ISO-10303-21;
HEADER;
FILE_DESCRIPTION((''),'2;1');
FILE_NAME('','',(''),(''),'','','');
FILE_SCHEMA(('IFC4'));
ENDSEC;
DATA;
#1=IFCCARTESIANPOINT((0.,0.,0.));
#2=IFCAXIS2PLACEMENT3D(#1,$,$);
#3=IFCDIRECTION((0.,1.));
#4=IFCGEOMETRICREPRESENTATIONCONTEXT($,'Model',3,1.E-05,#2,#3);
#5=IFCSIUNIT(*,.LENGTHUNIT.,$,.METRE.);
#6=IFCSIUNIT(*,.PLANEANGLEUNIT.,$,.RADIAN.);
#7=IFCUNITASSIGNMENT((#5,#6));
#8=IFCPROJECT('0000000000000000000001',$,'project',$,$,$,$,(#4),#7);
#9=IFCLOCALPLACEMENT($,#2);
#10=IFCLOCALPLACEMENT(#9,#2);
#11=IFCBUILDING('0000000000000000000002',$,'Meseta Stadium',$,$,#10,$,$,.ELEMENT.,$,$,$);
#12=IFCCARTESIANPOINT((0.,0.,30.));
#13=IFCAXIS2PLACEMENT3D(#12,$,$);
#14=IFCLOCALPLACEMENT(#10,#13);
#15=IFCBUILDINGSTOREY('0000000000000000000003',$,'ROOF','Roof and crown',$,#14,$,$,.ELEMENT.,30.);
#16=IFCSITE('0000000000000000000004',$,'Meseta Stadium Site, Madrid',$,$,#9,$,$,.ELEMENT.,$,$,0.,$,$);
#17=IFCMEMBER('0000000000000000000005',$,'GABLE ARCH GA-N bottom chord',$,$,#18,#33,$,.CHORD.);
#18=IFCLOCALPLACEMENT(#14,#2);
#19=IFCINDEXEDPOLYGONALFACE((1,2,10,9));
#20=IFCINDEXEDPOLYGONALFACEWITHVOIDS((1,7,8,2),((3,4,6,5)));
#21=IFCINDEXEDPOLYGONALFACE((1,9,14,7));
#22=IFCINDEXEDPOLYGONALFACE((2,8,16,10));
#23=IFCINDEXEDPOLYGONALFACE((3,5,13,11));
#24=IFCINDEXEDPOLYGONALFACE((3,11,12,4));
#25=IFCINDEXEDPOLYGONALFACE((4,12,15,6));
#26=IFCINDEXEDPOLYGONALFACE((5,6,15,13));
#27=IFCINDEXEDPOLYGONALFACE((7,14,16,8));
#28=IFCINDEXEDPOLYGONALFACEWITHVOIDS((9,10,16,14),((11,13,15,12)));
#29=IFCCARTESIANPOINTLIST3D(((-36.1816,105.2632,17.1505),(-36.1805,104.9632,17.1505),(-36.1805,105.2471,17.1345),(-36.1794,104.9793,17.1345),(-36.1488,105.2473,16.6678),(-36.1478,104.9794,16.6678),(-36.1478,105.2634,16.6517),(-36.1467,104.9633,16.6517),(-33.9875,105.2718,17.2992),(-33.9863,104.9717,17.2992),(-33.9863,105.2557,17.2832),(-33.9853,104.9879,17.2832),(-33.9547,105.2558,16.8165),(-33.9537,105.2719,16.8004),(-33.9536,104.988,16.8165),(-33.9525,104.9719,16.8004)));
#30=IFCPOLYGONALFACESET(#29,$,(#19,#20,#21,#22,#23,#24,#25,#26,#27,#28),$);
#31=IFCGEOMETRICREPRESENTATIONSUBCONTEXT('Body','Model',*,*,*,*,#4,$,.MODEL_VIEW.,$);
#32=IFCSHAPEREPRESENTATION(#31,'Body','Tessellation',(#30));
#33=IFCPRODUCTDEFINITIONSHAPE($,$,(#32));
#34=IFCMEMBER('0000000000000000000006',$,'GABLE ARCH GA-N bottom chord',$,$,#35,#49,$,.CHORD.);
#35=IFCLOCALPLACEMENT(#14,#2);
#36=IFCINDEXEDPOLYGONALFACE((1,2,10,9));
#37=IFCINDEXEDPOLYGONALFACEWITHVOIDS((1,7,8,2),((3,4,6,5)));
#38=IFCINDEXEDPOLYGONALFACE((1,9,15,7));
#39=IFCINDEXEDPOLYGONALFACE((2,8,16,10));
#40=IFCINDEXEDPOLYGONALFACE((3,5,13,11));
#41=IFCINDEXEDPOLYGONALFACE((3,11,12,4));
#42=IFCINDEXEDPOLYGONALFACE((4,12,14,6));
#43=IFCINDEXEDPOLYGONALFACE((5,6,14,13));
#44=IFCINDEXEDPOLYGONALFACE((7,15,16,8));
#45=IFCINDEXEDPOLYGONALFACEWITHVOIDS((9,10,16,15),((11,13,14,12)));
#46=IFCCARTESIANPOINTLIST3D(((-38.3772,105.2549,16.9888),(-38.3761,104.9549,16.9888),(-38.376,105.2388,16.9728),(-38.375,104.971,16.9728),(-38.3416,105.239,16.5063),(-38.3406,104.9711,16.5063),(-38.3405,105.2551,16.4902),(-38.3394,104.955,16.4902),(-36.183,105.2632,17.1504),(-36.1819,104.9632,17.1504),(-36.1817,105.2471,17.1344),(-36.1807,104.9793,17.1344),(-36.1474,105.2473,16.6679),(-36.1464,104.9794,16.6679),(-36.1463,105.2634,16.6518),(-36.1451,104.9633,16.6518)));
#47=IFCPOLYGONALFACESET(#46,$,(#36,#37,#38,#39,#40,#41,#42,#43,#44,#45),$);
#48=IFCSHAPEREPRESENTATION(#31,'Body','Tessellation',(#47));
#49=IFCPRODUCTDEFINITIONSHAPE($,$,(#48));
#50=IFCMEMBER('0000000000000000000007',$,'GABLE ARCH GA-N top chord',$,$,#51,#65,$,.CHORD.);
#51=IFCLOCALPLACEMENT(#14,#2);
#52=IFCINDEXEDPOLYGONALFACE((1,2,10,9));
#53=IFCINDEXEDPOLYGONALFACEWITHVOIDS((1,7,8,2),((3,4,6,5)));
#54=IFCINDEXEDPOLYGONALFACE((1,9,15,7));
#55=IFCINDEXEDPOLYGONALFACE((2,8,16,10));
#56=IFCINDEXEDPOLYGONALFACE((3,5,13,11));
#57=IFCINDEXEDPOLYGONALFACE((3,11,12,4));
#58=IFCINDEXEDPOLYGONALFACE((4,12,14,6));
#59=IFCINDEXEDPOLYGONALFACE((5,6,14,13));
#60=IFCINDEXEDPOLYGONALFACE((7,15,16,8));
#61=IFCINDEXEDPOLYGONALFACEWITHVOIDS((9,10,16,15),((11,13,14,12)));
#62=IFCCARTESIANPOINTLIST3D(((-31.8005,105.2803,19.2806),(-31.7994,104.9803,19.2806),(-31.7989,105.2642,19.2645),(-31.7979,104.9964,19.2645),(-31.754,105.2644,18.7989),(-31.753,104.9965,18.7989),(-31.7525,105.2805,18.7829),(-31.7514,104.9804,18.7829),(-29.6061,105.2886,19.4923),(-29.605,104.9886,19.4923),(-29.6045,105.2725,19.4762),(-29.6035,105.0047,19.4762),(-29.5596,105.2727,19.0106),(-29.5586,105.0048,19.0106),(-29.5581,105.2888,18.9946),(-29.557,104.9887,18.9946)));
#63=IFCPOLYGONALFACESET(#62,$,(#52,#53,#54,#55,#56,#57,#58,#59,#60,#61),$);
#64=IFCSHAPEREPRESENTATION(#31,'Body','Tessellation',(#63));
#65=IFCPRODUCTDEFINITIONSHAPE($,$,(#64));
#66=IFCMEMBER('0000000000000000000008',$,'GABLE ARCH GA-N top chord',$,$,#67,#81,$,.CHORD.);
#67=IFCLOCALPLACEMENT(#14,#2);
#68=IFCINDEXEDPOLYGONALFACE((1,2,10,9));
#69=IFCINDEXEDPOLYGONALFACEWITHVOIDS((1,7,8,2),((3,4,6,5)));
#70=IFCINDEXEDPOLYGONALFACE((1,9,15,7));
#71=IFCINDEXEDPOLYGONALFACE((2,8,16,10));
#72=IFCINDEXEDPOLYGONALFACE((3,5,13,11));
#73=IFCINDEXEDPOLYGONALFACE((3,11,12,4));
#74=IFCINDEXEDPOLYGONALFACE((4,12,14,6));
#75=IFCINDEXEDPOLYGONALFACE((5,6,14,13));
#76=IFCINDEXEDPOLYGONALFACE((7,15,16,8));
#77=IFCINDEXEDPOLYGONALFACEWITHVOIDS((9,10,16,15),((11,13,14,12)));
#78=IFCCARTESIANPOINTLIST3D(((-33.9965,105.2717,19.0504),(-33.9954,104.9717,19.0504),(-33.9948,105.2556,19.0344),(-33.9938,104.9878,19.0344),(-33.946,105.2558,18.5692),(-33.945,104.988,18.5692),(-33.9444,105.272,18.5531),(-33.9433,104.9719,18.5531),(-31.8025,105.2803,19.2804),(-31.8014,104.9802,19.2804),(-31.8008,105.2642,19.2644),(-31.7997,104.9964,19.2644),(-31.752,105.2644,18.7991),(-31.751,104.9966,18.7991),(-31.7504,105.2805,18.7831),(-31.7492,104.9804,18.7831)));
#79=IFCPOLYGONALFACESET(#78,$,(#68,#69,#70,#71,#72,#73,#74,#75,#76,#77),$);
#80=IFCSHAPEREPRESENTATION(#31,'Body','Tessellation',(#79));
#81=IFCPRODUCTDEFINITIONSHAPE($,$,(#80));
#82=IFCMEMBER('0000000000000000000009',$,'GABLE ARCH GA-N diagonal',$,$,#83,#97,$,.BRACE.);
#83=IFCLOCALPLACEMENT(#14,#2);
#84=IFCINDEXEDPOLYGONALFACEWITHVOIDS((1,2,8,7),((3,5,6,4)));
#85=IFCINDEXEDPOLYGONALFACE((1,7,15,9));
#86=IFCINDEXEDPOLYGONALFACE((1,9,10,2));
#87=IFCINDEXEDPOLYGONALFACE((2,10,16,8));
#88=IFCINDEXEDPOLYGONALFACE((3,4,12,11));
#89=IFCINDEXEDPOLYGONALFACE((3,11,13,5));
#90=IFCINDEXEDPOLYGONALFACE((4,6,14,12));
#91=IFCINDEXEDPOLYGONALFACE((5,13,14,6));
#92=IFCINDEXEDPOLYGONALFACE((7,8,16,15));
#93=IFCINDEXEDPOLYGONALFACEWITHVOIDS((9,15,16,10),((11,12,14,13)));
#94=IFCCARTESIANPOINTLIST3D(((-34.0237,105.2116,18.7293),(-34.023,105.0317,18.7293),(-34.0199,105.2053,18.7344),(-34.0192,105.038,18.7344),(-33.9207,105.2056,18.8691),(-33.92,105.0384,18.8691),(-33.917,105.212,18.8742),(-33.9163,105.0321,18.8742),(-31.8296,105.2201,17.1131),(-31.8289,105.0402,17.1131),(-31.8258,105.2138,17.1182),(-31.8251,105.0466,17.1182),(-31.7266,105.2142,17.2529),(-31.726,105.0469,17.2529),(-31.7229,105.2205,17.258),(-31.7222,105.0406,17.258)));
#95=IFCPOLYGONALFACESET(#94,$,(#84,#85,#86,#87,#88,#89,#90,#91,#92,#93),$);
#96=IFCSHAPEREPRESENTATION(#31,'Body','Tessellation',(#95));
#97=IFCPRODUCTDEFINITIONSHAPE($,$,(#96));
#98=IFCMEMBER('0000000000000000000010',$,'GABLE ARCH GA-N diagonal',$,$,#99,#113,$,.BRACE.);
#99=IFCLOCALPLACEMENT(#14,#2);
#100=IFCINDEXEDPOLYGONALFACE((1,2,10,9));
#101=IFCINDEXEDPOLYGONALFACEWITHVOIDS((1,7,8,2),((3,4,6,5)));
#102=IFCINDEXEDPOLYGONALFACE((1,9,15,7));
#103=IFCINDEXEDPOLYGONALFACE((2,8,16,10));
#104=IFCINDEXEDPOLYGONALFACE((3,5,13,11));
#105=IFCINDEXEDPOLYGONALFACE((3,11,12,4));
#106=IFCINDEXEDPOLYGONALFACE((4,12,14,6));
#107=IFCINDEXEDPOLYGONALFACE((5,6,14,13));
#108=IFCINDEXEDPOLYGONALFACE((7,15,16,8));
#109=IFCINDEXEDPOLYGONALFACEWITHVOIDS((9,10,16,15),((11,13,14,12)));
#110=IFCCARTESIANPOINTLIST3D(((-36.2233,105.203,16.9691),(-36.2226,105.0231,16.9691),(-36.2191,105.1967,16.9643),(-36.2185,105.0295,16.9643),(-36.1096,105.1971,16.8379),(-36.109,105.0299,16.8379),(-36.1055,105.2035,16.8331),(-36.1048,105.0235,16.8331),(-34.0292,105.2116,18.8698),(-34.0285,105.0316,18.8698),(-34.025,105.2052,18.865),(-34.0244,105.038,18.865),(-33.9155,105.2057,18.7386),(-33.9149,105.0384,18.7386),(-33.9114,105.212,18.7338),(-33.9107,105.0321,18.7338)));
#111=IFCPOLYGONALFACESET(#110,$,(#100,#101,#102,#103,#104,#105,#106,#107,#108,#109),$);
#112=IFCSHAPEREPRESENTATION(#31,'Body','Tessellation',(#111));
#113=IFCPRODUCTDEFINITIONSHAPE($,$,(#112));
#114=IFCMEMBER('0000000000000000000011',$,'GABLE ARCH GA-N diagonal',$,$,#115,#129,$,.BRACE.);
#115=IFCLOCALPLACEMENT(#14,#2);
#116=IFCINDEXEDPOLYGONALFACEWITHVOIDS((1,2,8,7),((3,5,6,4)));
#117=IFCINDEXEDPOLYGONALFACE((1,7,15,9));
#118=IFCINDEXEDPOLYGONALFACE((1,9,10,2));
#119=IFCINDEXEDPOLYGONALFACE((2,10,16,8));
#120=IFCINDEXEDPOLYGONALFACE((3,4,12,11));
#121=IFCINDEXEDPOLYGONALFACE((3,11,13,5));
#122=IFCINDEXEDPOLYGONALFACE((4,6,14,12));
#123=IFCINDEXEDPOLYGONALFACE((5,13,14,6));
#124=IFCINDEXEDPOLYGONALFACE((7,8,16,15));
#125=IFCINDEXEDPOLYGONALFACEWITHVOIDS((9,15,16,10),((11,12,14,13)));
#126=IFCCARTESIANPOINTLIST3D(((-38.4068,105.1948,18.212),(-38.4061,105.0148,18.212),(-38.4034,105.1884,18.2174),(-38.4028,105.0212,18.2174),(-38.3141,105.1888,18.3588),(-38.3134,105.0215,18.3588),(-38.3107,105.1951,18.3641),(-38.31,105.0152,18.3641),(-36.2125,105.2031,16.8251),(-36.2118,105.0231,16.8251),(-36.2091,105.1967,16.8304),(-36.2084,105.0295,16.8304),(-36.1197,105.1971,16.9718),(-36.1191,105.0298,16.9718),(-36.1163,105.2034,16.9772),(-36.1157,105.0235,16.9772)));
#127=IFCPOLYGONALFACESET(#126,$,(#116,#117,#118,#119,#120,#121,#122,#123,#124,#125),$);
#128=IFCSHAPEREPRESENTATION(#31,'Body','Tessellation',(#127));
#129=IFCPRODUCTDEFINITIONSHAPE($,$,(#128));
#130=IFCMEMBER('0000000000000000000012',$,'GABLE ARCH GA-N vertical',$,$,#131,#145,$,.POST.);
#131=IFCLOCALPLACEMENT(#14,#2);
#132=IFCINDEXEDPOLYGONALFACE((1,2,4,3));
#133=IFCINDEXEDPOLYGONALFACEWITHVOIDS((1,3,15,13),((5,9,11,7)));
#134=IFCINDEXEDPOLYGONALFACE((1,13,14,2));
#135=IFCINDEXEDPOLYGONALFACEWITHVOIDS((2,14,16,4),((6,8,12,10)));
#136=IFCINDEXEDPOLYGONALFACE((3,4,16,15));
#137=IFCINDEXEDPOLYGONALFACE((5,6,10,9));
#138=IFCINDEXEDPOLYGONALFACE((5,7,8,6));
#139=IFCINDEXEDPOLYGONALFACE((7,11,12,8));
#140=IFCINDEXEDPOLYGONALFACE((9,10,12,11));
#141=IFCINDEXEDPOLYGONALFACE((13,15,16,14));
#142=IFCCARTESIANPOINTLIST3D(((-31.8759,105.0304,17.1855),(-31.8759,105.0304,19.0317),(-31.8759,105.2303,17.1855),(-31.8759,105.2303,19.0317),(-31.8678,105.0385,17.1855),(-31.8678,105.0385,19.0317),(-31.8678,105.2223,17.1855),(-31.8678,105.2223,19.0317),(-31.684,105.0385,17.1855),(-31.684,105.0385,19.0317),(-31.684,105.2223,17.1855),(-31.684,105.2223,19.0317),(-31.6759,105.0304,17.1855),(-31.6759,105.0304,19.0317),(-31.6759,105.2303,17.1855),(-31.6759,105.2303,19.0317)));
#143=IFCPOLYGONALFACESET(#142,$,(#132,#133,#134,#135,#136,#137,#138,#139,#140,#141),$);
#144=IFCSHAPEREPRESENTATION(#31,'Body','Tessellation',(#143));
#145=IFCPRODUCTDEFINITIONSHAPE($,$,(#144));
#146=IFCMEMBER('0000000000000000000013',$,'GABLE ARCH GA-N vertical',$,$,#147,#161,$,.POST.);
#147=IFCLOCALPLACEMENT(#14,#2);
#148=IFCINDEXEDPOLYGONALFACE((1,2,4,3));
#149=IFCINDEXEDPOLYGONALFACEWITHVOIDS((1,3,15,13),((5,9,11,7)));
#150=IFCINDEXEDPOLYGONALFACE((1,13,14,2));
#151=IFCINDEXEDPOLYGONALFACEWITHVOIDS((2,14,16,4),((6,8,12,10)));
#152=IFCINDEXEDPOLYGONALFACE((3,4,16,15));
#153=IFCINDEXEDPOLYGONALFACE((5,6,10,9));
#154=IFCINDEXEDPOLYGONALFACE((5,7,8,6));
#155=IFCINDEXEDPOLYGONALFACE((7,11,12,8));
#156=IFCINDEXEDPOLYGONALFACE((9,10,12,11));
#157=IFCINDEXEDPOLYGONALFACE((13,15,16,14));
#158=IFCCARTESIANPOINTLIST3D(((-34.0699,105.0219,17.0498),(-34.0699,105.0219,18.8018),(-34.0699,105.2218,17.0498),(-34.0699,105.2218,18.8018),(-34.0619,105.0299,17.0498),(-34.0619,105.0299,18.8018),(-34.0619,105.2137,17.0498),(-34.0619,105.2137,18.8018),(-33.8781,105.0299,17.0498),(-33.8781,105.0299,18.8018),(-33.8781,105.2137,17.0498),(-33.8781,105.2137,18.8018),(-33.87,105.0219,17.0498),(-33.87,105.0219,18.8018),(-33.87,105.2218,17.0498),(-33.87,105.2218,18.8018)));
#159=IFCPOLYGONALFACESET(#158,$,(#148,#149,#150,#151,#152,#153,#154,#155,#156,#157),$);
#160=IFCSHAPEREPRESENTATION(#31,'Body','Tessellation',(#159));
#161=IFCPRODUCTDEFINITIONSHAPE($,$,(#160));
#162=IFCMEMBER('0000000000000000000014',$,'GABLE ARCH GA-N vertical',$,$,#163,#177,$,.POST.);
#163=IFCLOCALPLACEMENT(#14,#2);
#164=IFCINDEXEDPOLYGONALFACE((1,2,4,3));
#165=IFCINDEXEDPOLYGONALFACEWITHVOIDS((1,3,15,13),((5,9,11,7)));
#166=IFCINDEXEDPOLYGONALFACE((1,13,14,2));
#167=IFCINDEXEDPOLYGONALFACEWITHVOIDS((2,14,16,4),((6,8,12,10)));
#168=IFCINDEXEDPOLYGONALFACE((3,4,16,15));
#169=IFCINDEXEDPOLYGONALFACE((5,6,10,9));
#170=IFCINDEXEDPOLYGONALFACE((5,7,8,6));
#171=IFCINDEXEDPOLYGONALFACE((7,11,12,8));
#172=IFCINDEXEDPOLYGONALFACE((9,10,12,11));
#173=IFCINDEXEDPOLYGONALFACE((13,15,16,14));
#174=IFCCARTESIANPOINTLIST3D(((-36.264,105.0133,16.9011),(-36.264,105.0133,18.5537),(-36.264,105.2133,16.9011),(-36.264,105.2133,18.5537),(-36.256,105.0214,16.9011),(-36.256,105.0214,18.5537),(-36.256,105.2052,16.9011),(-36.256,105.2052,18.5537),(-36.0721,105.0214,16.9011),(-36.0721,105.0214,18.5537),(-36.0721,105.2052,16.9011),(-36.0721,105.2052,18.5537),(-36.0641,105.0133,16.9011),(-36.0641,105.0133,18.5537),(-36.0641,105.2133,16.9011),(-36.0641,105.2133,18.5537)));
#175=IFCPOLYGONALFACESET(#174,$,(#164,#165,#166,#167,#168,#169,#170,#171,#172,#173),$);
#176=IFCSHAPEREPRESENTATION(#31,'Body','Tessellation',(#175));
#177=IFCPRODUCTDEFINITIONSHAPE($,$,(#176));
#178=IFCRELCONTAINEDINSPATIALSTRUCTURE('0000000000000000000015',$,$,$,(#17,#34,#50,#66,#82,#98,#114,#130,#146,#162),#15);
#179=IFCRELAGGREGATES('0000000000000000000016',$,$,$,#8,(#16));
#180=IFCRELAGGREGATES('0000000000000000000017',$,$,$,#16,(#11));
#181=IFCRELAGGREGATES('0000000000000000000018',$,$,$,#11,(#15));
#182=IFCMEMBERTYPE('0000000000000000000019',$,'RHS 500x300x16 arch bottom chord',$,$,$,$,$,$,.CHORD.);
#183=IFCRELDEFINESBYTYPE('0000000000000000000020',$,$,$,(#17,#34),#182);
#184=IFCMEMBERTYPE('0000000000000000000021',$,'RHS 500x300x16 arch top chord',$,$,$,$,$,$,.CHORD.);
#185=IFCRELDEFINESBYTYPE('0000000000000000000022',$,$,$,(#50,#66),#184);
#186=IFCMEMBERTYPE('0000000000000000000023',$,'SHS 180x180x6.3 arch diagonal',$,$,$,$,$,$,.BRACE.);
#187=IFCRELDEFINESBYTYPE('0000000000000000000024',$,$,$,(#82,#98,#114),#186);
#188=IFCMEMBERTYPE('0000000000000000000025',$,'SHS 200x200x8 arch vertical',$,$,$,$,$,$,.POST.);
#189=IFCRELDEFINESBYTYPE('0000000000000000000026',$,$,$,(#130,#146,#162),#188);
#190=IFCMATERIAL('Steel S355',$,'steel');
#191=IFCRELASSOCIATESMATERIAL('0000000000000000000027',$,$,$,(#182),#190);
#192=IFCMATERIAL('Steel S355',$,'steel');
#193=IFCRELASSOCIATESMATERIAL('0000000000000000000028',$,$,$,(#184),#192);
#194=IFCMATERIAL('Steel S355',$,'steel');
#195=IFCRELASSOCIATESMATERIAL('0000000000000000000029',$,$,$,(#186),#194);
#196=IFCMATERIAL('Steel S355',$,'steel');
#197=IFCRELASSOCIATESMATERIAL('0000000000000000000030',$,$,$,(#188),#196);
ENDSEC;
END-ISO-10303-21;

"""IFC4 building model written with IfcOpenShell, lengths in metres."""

from ifc_helpers import new_model, si_unit, direction, frame, origin, origin_2d, place, context, subcontext, project, spatial, hollow_rectangle, extrude, material, material_profile, profile_set, type_object, element, save


model = new_model("IFC4")

# Units and contexts
model_context = context("Model", 3, precision=1e-05, world=origin(), true_north=direction((0.0, 1.0)))
body_context = subcontext(model_context, "Body", "Model", "MODEL_VIEW")
ifc_project = project(units=[si_unit("LENGTHUNIT", "METRE"), si_unit("PLANEANGLEUNIT", "RADIAN")], contexts=[model_context])

# Site, building, storey
site_placement = place(None, origin())
site = spatial("IfcSite", under=ifc_project, at=site_placement, Name="Meseta Stadium Site, Madrid", CompositionType="ELEMENT", RefElevation=0.0)
building_placement = place(site_placement, origin())
building = spatial("IfcBuilding", under=site, at=building_placement, Name="Meseta Stadium", CompositionType="ELEMENT")
storey_placement = place(building_placement, frame((0.0, 0.0, 30.0)))
storey = spatial("IfcBuildingStorey", under=building, at=storey_placement, Name="ROOF", Description="Roof and crown", CompositionType="ELEMENT", Elevation=30.0)

# Members
ifc_material_1 = material(Name="Steel S355", Category="steel")
ifc_material_profile_1 = material_profile(ifc_material_1, hollow_rectangle(XDim=0.3, YDim=0.5, WallThickness=0.0161, at=origin_2d()), Name="RHS 500x300x16")
ifc_profile_set_1 = profile_set([ifc_material_profile_1], Name="Steel S355")
member_type_1 = type_object("IfcMemberType", Name="RHS 500x300x16 arch bottom chord", PredefinedType="CHORD", material=ifc_profile_set_1)
member_1_placement = place(storey_placement, frame((-33.97, 105.1218, 17.0498), z_axis=(-0.997704, -0.003886, -0.067609), x_axis=(0.003894, -0.999992, 0.0)))
element("IfcMember", 1, at=member_1_placement, inside=storey, type_object=member_type_1, Name="GABLE ARCH GA-N bottom chord", PredefinedType="CHORD", context=body_context, shape_type="SweptSolid", body=[
    extrude(hollow_rectangle(XDim=0.3, YDim=0.5, WallThickness=0.0161, at=origin_2d()), origin(), (0.0, 0.0, 1.0), 2.1992),
])
member_2_placement = place(storey_placement, frame((-36.1641, 105.1133, 16.9011), z_axis=(-0.997291, -0.003773, -0.073454), x_axis=(0.003783, -0.999993, 0.0)))
element("IfcMember", 2, at=member_2_placement, inside=storey, type_object=member_type_1, Name="GABLE ARCH GA-N bottom chord", PredefinedType="CHORD", context=body_context, shape_type="SweptSolid", body=[
    extrude(hollow_rectangle(XDim=0.3, YDim=0.5, WallThickness=0.0161, at=origin_2d()), origin(), (0.0, 0.0, 1.0), 2.2002),
])
ifc_material_2 = material(Name="Steel S355", Category="steel")
ifc_material_profile_2 = material_profile(ifc_material_2, hollow_rectangle(XDim=0.3, YDim=0.5, WallThickness=0.0161, at=origin_2d()), Name="RHS 500x300x16")
ifc_profile_set_2 = profile_set([ifc_material_profile_2], Name="Steel S355")
member_type_2 = type_object("IfcMemberType", Name="RHS 500x300x16 arch top chord", PredefinedType="CHORD", material=ifc_profile_set_2)
member_3_placement = place(storey_placement, frame((-29.5815, 105.1387, 19.2434), z_axis=(-0.995373, -0.003765, -0.096016), x_axis=(0.003783, -0.999993, 0.0)))
element("IfcMember", 3, at=member_3_placement, inside=storey, type_object=member_type_2, Name="GABLE ARCH GA-N top chord", PredefinedType="CHORD", context=body_context, shape_type="SweptSolid", body=[
    extrude(hollow_rectangle(XDim=0.3, YDim=0.5, WallThickness=0.0161, at=origin_2d()), origin(), (0.0, 0.0, 1.0), 2.2046),
])
member_4_placement = place(storey_placement, frame((-31.7759, 105.1304, 19.0317), z_axis=(-0.994544, -0.003873, -0.104246), x_axis=(0.003894, -0.999992, 0.0)))
element("IfcMember", 4, at=member_4_placement, inside=storey, type_object=member_type_2, Name="GABLE ARCH GA-N top chord", PredefinedType="CHORD", context=body_context, shape_type="SweptSolid", body=[
    extrude(hollow_rectangle(XDim=0.3, YDim=0.5, WallThickness=0.0161, at=origin_2d()), origin(), (0.0, 0.0, 1.0), 2.2061),
])
ifc_material_3 = material(Name="Steel S355", Category="steel")
ifc_material_profile_3 = material_profile(ifc_material_3, hollow_rectangle(XDim=0.1799, YDim=0.1799, WallThickness=0.0063, at=origin_2d()), Name="SHS 180x180x6.3")
ifc_profile_set_3 = profile_set([ifc_material_profile_3], Name="Steel S355")
member_type_3 = type_object("IfcMemberType", Name="SHS 180x180x6.3 arch diagonal", PredefinedType="BRACE", material=ifc_profile_set_3)
member_5_placement = place(storey_placement, frame((-31.7759, 105.1304, 17.1855), z_axis=(-0.805137, -0.003136, 0.59308), x_axis=(0.003894, -0.999992, 0.0)))
element("IfcMember", 5, at=member_5_placement, inside=storey, type_object=member_type_3, Name="GABLE ARCH GA-N diagonal", PredefinedType="BRACE", context=body_context, shape_type="SweptSolid", body=[
    extrude(hollow_rectangle(XDim=0.1799, YDim=0.1799, WallThickness=0.0063, at=origin_2d()), origin(), (0.0, 0.0, 1.0), 2.7251),
])
member_6_placement = place(storey_placement, frame((-33.97, 105.1218, 18.8018), z_axis=(-0.755841, -0.002944, -0.654748), x_axis=(0.003894, -0.999992, 0.0)))
element("IfcMember", 6, at=member_6_placement, inside=storey, type_object=member_type_3, Name="GABLE ARCH GA-N diagonal", PredefinedType="BRACE", context=body_context, shape_type="SweptSolid", body=[
    extrude(hollow_rectangle(XDim=0.1799, YDim=0.1799, WallThickness=0.0063, at=origin_2d()), origin(), (0.0, 0.0, 1.0), 2.9028),
])
member_7_placement = place(storey_placement, frame((-36.1641, 105.1133, 16.9011), z_axis=(-0.845299, -0.003198, 0.534284), x_axis=(0.003783, -0.999993, 0.0)))
element("IfcMember", 7, at=member_7_placement, inside=storey, type_object=member_type_3, Name="GABLE ARCH GA-N diagonal", PredefinedType="BRACE", context=body_context, shape_type="SweptSolid", body=[
    extrude(hollow_rectangle(XDim=0.1799, YDim=0.1799, WallThickness=0.0063, at=origin_2d()), origin(), (0.0, 0.0, 1.0), 2.5959),
])
ifc_material_4 = material(Name="Steel S355", Category="steel")
ifc_material_profile_4 = material_profile(ifc_material_4, hollow_rectangle(XDim=0.2, YDim=0.2, WallThickness=0.0081, at=origin_2d()), Name="SHS 200x200x8")
ifc_profile_set_4 = profile_set([ifc_material_profile_4], Name="Steel S355")
member_type_4 = type_object("IfcMemberType", Name="SHS 200x200x8 arch vertical", PredefinedType="POST", material=ifc_profile_set_4)
member_8_placement = place(storey_placement, frame((-31.7759, 105.1304, 17.1855), z_axis=(0.0, 0.0, 1.0), x_axis=(1.0, 0.0, 0.0)))
element("IfcMember", 8, at=member_8_placement, inside=storey, type_object=member_type_4, Name="GABLE ARCH GA-N vertical", PredefinedType="POST", context=body_context, shape_type="SweptSolid", body=[
    extrude(hollow_rectangle(XDim=0.2, YDim=0.2, WallThickness=0.0081, at=origin_2d()), origin(), (0.0, 0.0, 1.0), 1.8462),
])
member_9_placement = place(storey_placement, frame((-33.97, 105.1218, 17.0498), z_axis=(0.0, 0.0, 1.0), x_axis=(1.0, 0.0, 0.0)))
element("IfcMember", 9, at=member_9_placement, inside=storey, type_object=member_type_4, Name="GABLE ARCH GA-N vertical", PredefinedType="POST", context=body_context, shape_type="SweptSolid", body=[
    extrude(hollow_rectangle(XDim=0.2, YDim=0.2, WallThickness=0.0081, at=origin_2d()), origin(), (0.0, 0.0, 1.0), 1.752),
])
member_10_placement = place(storey_placement, frame((-36.1641, 105.1133, 16.9011), z_axis=(0.0, 0.0, 1.0), x_axis=(1.0, 0.0, 0.0)))
element("IfcMember", 10, at=member_10_placement, inside=storey, type_object=member_type_4, Name="GABLE ARCH GA-N vertical", PredefinedType="POST", context=body_context, shape_type="SweptSolid", body=[
    extrude(hollow_rectangle(XDim=0.2, YDim=0.2, WallThickness=0.0081, at=origin_2d()), origin(), (0.0, 0.0, 1.0), 1.6526),
])

save(model, "model.ifc")
